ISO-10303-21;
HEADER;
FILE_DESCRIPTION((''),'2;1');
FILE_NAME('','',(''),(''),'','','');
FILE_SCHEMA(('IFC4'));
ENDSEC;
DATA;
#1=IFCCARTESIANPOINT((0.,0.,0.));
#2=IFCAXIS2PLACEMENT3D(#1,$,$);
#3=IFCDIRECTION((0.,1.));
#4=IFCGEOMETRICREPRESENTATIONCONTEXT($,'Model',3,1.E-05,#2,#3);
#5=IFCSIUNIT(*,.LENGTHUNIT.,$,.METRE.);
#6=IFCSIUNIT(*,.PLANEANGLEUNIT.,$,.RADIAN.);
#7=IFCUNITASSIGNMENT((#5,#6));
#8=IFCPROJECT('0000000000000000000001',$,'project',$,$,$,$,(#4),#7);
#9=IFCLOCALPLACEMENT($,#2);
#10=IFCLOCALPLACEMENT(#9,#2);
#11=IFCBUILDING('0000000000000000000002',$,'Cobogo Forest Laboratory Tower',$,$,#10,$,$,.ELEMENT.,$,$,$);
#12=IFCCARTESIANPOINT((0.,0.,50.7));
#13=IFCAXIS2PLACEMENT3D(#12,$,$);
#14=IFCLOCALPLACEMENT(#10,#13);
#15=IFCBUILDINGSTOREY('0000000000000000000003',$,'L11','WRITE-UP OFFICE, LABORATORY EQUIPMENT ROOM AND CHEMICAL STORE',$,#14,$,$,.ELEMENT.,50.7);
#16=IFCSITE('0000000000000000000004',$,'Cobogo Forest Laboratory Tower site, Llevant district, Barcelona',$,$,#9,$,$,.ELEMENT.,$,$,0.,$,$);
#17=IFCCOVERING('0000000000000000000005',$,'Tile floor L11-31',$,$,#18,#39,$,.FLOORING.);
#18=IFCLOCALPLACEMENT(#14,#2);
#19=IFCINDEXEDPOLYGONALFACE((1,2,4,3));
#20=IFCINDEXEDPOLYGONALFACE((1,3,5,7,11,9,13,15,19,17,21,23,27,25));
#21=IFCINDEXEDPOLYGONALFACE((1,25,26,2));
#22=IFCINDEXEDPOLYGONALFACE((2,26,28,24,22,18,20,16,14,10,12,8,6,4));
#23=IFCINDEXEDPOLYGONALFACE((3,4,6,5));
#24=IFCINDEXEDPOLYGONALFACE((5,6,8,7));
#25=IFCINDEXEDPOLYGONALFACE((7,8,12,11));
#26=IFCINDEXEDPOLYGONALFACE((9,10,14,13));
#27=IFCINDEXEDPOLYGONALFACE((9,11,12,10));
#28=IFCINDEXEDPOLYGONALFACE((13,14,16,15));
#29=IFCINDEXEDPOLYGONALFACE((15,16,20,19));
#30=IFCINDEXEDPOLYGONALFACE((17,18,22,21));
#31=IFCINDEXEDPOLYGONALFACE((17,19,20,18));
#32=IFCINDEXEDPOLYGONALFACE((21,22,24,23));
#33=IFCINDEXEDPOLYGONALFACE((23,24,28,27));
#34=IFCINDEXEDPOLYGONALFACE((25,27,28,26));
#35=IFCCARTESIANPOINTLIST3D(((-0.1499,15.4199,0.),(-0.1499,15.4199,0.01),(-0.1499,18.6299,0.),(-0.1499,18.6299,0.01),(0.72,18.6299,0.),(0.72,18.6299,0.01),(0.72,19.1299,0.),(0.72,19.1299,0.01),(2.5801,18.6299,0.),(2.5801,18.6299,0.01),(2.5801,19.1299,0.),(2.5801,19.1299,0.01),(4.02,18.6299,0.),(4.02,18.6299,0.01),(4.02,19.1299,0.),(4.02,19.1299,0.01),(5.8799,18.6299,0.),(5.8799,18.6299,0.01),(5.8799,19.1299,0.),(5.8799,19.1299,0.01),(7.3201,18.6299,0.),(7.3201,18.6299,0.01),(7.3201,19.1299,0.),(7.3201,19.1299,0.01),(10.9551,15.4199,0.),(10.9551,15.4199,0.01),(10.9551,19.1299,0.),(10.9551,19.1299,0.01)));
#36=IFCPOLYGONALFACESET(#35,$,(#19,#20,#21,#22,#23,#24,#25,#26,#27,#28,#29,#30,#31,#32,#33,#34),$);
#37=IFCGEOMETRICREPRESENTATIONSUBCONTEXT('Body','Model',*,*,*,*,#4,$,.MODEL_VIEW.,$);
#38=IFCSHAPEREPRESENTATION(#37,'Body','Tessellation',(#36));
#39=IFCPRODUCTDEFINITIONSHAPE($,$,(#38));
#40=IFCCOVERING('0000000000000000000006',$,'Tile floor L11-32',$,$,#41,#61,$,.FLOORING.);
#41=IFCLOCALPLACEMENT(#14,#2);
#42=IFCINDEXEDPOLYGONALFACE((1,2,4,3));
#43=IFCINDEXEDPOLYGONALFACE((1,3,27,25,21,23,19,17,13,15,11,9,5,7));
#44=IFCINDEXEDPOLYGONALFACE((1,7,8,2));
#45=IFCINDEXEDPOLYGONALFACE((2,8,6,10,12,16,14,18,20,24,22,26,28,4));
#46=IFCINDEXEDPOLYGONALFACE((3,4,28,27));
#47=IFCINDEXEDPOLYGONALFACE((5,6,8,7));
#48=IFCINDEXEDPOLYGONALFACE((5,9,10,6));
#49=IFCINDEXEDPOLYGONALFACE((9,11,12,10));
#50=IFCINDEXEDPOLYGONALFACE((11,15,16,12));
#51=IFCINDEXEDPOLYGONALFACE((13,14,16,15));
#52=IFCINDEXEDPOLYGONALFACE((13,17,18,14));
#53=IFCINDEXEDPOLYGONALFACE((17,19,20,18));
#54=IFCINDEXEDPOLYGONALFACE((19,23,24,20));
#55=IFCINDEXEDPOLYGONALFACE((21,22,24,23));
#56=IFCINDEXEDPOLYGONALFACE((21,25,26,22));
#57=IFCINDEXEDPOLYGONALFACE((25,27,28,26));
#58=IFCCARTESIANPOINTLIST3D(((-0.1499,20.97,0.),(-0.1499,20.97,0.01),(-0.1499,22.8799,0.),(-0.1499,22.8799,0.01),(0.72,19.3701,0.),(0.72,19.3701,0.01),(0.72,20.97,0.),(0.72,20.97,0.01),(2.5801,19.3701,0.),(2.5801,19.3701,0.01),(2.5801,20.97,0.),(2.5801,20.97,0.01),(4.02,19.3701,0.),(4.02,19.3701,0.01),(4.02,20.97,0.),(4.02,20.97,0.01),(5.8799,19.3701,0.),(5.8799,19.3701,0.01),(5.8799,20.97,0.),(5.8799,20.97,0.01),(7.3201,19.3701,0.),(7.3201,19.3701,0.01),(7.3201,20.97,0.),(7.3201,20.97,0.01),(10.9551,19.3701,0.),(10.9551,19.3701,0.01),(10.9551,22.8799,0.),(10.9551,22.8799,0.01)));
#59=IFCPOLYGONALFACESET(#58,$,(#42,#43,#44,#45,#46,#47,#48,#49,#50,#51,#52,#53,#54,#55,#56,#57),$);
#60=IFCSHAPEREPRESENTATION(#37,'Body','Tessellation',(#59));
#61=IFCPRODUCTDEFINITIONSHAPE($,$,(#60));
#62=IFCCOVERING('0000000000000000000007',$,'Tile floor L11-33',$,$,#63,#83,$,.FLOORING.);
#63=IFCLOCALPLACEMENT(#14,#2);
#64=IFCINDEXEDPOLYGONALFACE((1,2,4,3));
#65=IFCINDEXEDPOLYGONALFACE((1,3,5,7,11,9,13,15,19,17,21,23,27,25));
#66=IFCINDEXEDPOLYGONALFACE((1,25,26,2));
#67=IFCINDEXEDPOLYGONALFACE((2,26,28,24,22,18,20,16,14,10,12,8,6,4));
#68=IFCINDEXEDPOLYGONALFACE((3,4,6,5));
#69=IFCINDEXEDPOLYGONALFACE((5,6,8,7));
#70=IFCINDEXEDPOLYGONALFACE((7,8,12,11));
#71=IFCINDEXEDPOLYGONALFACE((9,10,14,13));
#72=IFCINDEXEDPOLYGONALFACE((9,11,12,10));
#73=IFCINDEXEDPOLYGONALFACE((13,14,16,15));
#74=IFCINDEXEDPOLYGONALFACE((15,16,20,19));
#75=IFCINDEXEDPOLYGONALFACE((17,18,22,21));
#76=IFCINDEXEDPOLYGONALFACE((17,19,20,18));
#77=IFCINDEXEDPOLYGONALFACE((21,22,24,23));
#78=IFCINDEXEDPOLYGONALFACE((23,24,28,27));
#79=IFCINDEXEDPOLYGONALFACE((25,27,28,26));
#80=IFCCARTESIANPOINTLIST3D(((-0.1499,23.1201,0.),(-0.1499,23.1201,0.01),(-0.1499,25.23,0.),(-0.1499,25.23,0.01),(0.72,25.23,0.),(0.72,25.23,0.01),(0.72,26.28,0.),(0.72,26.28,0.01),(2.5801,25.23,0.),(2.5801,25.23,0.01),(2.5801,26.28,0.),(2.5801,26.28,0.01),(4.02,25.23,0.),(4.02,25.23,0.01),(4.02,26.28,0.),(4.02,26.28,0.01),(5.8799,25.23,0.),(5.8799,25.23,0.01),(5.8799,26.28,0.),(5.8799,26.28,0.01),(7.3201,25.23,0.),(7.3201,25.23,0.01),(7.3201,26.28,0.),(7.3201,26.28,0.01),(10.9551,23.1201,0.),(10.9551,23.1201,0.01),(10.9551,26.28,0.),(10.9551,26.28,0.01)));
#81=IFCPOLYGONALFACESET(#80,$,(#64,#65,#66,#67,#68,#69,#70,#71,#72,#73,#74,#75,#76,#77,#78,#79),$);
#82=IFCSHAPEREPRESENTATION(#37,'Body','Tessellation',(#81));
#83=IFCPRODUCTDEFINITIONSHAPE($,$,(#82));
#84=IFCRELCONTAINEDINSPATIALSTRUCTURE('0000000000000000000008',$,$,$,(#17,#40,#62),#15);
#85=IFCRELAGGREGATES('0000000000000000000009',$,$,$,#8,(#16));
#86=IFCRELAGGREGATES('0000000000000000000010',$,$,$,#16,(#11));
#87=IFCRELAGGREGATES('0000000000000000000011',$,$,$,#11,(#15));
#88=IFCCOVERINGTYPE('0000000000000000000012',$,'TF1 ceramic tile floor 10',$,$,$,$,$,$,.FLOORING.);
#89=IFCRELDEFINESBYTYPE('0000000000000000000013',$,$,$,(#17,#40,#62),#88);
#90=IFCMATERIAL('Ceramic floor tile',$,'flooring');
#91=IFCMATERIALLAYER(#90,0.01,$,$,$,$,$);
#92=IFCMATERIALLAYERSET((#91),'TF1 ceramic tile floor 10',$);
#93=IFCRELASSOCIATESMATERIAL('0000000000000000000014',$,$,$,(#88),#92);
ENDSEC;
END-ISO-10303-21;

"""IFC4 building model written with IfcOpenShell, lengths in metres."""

from ifc_helpers import new_model, si_unit, direction, frame, origin, place, context, subcontext, project, spatial, polyline, outline, extrude, material, layer, layer_set, type_object, element, save


model = new_model("IFC4")

# Units and contexts
model_context = context("Model", 3, precision=1e-05, world=origin(), true_north=direction((0.0, 1.0)))
body_context = subcontext(model_context, "Body", "Model", "MODEL_VIEW")
ifc_project = project(units=[si_unit("LENGTHUNIT", "METRE"), si_unit("PLANEANGLEUNIT", "RADIAN")], contexts=[model_context])

# Site, building, storey
site_placement = place(None, origin())
site = spatial("IfcSite", under=ifc_project, at=site_placement, Name="Cobogo Forest Laboratory Tower site, Llevant district, Barcelona", CompositionType="ELEMENT", RefElevation=0.0)
building_placement = place(site_placement, origin())
building = spatial("IfcBuilding", under=site, at=building_placement, Name="Cobogo Forest Laboratory Tower", CompositionType="ELEMENT")
storey_placement = place(building_placement, frame((0.0, 0.0, 50.7)))
storey = spatial("IfcBuildingStorey", under=building, at=storey_placement, Name="L11", Description="WRITE-UP OFFICE, LABORATORY EQUIPMENT ROOM AND CHEMICAL STORE", CompositionType="ELEMENT", Elevation=50.7)

# Coverings
ifc_material_1 = material(Name="Ceramic floor tile", Category="flooring")
ifc_layer_1 = layer(ifc_material_1, 0.01)
ifc_layer_set_1 = layer_set([ifc_layer_1], Name="TF1 ceramic tile floor 10")
covering_type_1 = type_object("IfcCoveringType", Name="TF1 ceramic tile floor 10", PredefinedType="FLOORING", material=ifc_layer_set_1)
covering_1_placement = place(storey_placement, origin())
element("IfcCovering", 1, at=covering_1_placement, inside=storey, type_object=covering_type_1, Name="Tile floor L11-31", PredefinedType="FLOORING", context=body_context, shape_type="SweptSolid", body=[
    extrude(outline(polyline([(10.9551, 15.4199), (-0.1499, 15.4199), (-0.1499, 18.6299), (0.72, 18.6299), (0.72, 19.1299), (2.5801, 19.1299), (2.5801, 18.6299), (4.02, 18.6299), (4.02, 19.1299), (5.8799, 19.1299), (5.8799, 18.6299), (7.3201, 18.6299), (7.3201, 19.1299), (10.9551, 19.1299), (10.9551, 15.4199)])), origin(), (0.0, 0.0, 1.0), 0.01),
])
covering_2_placement = place(storey_placement, origin())
element("IfcCovering", 2, at=covering_2_placement, inside=storey, type_object=covering_type_1, Name="Tile floor L11-32", PredefinedType="FLOORING", context=body_context, shape_type="SweptSolid", body=[
    extrude(outline(polyline([(10.9551, 19.3701), (7.3201, 19.3701), (7.3201, 20.97), (5.8799, 20.97), (5.8799, 19.3701), (4.02, 19.3701), (4.02, 20.97), (2.5801, 20.97), (2.5801, 19.3701), (0.72, 19.3701), (0.72, 20.97), (-0.1499, 20.97), (-0.1499, 22.8799), (10.9551, 22.8799), (10.9551, 19.3701)])), origin(), (0.0, 0.0, 1.0), 0.01),
])
covering_3_placement = place(storey_placement, origin())
element("IfcCovering", 3, at=covering_3_placement, inside=storey, type_object=covering_type_1, Name="Tile floor L11-33", PredefinedType="FLOORING", context=body_context, shape_type="SweptSolid", body=[
    extrude(outline(polyline([(10.9551, 23.1201), (-0.1499, 23.1201), (-0.1499, 25.23), (0.72, 25.23), (0.72, 26.28), (2.5801, 26.28), (2.5801, 25.23), (4.02, 25.23), (4.02, 26.28), (5.8799, 26.28), (5.8799, 25.23), (7.3201, 25.23), (7.3201, 26.28), (10.9551, 26.28), (10.9551, 23.1201)])), origin(), (0.0, 0.0, 1.0), 0.01),
])

save(model, "model.ifc")
